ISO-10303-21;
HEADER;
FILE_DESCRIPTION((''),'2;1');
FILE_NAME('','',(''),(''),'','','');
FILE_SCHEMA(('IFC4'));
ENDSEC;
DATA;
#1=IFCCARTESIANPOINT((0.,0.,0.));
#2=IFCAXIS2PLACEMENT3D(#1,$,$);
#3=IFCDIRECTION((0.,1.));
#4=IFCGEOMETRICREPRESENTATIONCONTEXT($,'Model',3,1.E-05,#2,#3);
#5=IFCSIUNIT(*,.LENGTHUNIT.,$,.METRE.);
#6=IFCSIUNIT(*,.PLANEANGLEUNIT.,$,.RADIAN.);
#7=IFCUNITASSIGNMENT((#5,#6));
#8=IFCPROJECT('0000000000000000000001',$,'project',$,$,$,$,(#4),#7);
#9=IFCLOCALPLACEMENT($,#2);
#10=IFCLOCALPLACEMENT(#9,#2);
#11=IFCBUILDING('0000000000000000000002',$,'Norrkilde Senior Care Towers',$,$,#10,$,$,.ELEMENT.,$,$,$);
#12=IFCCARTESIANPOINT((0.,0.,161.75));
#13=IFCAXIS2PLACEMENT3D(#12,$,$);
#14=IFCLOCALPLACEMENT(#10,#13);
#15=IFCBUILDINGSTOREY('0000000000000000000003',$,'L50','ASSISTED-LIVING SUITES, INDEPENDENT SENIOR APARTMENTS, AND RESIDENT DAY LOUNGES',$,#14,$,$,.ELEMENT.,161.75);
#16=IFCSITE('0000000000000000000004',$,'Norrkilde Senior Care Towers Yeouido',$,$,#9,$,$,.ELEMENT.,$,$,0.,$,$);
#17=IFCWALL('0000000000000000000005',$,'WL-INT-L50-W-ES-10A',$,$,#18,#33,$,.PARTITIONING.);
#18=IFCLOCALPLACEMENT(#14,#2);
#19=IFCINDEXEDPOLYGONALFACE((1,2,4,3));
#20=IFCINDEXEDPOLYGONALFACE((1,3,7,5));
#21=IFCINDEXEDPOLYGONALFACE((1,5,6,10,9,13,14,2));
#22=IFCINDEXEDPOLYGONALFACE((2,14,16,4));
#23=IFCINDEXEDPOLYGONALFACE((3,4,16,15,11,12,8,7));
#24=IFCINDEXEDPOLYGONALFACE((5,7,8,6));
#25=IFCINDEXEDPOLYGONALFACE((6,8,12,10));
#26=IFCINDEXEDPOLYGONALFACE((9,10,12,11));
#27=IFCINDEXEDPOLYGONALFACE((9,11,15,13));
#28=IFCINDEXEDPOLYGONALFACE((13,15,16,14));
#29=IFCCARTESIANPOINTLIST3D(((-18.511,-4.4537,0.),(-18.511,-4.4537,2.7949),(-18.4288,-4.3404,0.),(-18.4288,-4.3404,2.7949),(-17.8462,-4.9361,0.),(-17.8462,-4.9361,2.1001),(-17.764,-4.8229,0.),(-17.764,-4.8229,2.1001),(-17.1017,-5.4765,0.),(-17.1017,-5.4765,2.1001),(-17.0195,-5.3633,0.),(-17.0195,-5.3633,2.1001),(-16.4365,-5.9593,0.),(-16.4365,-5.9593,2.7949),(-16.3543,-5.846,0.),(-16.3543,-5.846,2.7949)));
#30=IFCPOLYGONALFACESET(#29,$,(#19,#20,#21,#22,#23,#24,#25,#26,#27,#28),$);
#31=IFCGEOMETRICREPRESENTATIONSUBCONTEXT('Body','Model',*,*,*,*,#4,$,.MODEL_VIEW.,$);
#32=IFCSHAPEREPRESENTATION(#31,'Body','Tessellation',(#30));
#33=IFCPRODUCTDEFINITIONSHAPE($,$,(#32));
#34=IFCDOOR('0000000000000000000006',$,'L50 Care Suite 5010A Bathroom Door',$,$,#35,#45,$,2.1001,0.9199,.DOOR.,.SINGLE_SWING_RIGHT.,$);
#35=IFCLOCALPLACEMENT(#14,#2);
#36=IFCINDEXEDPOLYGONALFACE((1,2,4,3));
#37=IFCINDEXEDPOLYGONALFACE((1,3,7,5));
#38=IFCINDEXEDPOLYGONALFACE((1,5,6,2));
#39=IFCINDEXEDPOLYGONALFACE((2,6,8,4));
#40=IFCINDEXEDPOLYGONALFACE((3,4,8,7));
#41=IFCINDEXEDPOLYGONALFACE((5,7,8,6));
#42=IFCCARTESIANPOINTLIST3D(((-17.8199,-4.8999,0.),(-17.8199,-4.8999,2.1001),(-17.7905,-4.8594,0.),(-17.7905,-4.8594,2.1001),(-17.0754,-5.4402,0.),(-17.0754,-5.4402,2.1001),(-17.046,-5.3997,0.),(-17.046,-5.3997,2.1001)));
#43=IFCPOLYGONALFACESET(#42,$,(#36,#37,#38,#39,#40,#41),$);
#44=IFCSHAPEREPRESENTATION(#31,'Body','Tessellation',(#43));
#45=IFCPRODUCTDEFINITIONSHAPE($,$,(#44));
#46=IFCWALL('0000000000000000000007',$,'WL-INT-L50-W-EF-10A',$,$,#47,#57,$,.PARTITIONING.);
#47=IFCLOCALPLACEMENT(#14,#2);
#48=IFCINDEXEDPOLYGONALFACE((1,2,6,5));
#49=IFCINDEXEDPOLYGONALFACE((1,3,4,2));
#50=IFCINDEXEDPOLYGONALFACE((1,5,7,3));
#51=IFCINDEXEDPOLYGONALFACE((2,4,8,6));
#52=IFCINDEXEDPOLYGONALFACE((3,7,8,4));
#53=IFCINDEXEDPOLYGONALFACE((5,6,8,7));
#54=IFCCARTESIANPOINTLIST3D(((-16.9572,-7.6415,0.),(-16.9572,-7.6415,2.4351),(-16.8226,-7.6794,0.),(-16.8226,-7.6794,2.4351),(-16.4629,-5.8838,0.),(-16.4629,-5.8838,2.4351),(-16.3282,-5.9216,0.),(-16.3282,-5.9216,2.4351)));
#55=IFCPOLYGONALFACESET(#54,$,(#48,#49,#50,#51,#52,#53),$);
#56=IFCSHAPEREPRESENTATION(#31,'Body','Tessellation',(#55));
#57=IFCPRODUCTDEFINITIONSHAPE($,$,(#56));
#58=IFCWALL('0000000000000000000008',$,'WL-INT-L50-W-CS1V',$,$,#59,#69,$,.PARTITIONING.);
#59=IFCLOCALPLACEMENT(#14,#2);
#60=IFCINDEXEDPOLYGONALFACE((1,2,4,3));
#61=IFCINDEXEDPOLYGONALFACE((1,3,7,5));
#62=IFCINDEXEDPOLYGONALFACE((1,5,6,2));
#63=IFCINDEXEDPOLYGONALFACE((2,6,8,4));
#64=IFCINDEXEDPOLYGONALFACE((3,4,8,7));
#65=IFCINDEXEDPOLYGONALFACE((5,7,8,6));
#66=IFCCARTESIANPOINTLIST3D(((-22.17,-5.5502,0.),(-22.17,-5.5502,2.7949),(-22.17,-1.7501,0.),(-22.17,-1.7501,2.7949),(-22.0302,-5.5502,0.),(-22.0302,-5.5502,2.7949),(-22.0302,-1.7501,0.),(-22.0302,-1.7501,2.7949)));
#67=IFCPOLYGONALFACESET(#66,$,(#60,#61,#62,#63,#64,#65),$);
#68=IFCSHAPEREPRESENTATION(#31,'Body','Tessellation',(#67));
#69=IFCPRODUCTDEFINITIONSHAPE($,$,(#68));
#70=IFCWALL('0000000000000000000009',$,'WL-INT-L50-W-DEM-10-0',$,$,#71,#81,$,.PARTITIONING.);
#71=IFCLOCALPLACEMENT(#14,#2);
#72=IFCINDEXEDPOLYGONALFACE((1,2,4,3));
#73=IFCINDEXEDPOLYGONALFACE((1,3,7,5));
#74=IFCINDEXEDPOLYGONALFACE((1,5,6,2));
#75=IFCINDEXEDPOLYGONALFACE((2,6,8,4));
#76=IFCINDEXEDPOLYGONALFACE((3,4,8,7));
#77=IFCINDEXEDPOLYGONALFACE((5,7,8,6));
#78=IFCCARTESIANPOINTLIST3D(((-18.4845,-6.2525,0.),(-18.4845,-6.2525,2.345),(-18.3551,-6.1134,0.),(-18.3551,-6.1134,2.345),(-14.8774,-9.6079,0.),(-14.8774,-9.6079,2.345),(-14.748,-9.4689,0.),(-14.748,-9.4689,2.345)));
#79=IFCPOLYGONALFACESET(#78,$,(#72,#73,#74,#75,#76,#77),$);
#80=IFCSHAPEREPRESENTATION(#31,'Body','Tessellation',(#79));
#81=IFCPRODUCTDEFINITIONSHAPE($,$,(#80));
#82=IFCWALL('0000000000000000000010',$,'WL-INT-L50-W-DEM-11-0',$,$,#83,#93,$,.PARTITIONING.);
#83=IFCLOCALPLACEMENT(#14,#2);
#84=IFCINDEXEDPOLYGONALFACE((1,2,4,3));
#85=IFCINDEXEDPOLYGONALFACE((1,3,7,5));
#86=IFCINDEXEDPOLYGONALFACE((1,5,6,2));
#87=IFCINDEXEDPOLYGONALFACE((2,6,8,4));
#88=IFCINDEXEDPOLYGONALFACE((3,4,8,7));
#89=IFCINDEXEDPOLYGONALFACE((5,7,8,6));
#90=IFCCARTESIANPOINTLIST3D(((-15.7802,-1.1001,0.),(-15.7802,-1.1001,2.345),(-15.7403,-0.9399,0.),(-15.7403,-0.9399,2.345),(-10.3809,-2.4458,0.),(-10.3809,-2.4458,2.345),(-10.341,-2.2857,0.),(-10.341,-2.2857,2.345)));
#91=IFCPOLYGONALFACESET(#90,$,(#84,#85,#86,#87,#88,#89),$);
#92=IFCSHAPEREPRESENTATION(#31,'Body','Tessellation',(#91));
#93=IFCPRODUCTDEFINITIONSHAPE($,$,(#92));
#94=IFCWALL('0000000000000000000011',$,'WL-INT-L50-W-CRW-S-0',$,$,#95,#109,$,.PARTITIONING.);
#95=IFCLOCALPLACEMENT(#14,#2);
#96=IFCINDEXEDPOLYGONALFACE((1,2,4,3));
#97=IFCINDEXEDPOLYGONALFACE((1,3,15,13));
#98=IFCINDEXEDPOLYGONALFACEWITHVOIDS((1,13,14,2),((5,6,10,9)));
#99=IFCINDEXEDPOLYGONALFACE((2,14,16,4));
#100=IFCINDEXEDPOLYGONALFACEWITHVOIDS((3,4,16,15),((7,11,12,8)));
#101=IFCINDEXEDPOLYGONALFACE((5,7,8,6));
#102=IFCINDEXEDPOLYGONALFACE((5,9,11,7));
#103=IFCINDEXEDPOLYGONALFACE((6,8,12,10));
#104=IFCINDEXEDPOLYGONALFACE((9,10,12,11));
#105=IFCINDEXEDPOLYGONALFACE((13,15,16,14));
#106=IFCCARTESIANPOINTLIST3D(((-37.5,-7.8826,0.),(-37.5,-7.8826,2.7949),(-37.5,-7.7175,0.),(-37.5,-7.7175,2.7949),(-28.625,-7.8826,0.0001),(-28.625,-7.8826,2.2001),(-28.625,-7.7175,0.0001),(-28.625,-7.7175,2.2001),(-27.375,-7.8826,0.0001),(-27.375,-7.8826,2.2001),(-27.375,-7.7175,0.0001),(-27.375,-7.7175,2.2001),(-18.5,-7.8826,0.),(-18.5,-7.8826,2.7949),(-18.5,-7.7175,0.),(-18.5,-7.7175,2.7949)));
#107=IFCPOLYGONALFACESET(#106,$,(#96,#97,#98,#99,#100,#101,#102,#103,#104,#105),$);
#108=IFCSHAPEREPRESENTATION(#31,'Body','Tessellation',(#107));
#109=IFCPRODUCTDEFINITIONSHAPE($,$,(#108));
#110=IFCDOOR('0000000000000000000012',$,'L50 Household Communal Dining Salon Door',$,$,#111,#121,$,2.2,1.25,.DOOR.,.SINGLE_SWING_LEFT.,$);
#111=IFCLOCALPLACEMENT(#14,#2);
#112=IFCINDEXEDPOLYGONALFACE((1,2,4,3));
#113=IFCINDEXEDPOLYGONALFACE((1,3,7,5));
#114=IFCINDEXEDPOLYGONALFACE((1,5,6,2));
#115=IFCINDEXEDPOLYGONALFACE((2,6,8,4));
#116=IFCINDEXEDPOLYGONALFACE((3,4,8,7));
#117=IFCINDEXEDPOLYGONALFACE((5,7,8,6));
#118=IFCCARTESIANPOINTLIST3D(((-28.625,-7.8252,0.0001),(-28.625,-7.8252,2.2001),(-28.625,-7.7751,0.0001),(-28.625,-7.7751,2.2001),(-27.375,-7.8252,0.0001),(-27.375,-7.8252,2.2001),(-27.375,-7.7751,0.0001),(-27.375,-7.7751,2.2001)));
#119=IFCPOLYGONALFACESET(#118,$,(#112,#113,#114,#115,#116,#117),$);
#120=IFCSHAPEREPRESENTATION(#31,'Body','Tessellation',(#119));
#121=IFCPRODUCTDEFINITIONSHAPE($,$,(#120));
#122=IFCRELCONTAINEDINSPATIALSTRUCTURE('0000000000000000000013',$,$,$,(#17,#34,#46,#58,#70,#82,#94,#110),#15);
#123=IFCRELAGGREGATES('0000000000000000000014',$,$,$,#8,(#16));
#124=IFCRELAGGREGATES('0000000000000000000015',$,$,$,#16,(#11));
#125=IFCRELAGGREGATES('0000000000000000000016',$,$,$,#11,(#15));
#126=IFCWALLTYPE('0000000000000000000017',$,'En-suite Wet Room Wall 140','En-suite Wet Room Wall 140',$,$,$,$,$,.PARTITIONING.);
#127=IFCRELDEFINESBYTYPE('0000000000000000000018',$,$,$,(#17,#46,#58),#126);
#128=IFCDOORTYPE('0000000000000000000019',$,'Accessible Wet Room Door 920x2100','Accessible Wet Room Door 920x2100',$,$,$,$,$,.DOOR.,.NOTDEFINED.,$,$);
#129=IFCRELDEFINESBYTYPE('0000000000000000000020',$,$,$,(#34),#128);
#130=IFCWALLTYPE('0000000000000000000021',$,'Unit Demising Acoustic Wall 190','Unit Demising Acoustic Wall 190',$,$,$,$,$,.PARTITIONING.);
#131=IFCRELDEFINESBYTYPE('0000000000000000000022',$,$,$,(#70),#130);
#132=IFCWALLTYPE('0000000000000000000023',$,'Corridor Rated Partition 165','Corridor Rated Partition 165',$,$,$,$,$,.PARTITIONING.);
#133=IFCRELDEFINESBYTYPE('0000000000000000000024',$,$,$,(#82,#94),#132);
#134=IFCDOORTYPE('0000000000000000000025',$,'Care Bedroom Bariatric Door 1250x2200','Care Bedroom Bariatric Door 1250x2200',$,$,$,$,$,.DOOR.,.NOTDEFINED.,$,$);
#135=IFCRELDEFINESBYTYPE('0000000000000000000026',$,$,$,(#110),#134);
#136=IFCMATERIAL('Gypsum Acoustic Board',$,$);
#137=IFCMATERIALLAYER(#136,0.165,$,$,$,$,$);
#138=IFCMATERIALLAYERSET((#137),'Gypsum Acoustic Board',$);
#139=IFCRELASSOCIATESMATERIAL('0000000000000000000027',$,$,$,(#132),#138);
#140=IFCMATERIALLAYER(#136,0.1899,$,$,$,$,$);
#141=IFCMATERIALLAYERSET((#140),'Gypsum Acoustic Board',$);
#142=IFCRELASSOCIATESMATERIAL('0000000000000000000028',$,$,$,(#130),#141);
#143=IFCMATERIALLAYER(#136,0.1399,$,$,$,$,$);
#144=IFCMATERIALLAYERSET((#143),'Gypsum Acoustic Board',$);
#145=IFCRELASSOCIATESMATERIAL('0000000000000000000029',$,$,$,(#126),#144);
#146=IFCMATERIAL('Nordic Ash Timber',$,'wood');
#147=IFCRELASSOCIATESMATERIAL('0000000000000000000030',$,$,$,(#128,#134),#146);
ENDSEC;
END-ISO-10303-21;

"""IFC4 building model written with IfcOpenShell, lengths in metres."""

from ifc_helpers import new_model, si_unit, direction, frame, frame_2d, origin, place, context, subcontext, project, spatial, rectangle, extrude, source, transform, mapped, material, layer, layer_set, type_object, type_shapes, element, fill, save


model = new_model("IFC4")

# Units and contexts
model_context = context("Model", 3, precision=1e-05, world=origin(), true_north=direction((0.0, 1.0)))
body_context = subcontext(model_context, "Body", "Model", "MODEL_VIEW")
ifc_project = project(units=[si_unit("LENGTHUNIT", "METRE"), si_unit("PLANEANGLEUNIT", "RADIAN")], contexts=[model_context])

# Site, building, storey
site_placement = place(None, origin())
site = spatial("IfcSite", under=ifc_project, at=site_placement, Name="Norrkilde Senior Care Towers Yeouido", CompositionType="ELEMENT", RefElevation=0.0)
building_placement = place(site_placement, origin())
building = spatial("IfcBuilding", under=site, at=building_placement, Name="Norrkilde Senior Care Towers", CompositionType="ELEMENT")
storey_placement = place(building_placement, frame((0.0, 0.0, 161.75)))
storey = spatial("IfcBuildingStorey", under=building, at=storey_placement, Name="L50", Description="ASSISTED-LIVING SUITES, INDEPENDENT SENIOR APARTMENTS, AND RESIDENT DAY LOUNGES", CompositionType="ELEMENT", Elevation=161.75)

# Shared definitions
ifc_material_1 = material(Name="Gypsum Acoustic Board")
ifc_layer_1 = layer(ifc_material_1, 0.165)
ifc_layer_set_1 = layer_set([ifc_layer_1], Name="Gypsum Acoustic Board")
wall_type_1 = type_object("IfcWallType", Name="Corridor Rated Partition 165", Description="Corridor Rated Partition 165", PredefinedType="PARTITIONING", material=ifc_layer_set_1)

# Shared definitions
ifc_layer_2 = layer(ifc_material_1, 0.1899)
ifc_layer_set_2 = layer_set([ifc_layer_2], Name="Gypsum Acoustic Board")
wall_type_2 = type_object("IfcWallType", Name="Unit Demising Acoustic Wall 190", Description="Unit Demising Acoustic Wall 190", PredefinedType="PARTITIONING", material=ifc_layer_set_2)

# Wall, opening, door
ifc_layer_3 = layer(ifc_material_1, 0.1399)
ifc_layer_set_3 = layer_set([ifc_layer_3], Name="Gypsum Acoustic Board")
wall_type_3 = type_object("IfcWallType", Name="En-suite Wet Room Wall 140", Description="En-suite Wet Room Wall 140", PredefinedType="PARTITIONING", material=ifc_layer_set_3)
shared_shape_1 = source(origin(), body_context, "Body", "SweptSolid", [
    extrude(rectangle(XDim=2.5632, YDim=0.1399, at=frame_2d((1.2817, 0.0))), origin(), (0.0, 0.0, 1.0), 2.7949),
])
wall_1_placement = place(storey_placement, frame((-18.47, -4.397, 0.0), z_axis=(0.0, 0.0, 1.0), x_axis=(0.809308, -0.587384, 0.0)))
wall_1 = element("IfcWall", 1, at=wall_1_placement, inside=storey, type_object=wall_type_3, Name="WL-INT-L50-W-ES-10A", PredefinedType="PARTITIONING", context=body_context, shape_type="MappedRepresentation", body=[
    mapped(shared_shape_1, transform((0.0, 0.0, 0.0), x_axis=(1.0, 0.0, 0.0), y_axis=(0.0, 1.0, 0.0), z_axis=(0.0, 0.0, 1.0), scale=1.0)),
])
opening_1_placement = place(wall_1_placement, frame((0.8215, 0.0, 0.0)))
opening_1 = element("IfcOpeningElement", 2, at=opening_1_placement, cuts=wall_1, PredefinedType="OPENING", context=body_context, shape_type="SweptSolid", body=[
    extrude(rectangle(XDim=0.9199, YDim=2.1001, at=frame_2d((0.46, 1.05))), frame((0.0, 0.0798, 0.0), z_axis=(0.0, -1.0, 0.0), x_axis=(1.0, 0.0, 0.0)), (0.0, 0.0, 1.0), 0.1599),
])
ifc_material_2 = material(Name="Nordic Ash Timber", Category="wood")
door_type_1 = type_object("IfcDoorType", Name="Accessible Wet Room Door 920x2100", Description="Accessible Wet Room Door 920x2100", OperationType="NOTDEFINED", PredefinedType="DOOR", material=ifc_material_2)
shared_shape_2 = source(origin(), body_context, "Body", "SweptSolid", [
    extrude(rectangle(XDim=0.9199, YDim=2.1001, at=frame_2d((0.46, 1.05))), frame((0.0, 0.0249, 0.0), z_axis=(0.0, -1.0, 0.0), x_axis=(1.0, 0.0, 0.0)), (0.0, 0.0, 1.0), 0.05),
])
type_shapes(door_type_1, [shared_shape_2])
door_1_placement = place(opening_1_placement, origin())
door_1 = element("IfcDoor", 3, at=door_1_placement, inside=storey, type_object=door_type_1, Name="L50 Care Suite 5010A Bathroom Door", OperationType="SINGLE_SWING_RIGHT", OverallHeight=2.1001, OverallWidth=0.9199, PredefinedType="DOOR", context=body_context, shape_type="MappedRepresentation", body=[
    mapped(shared_shape_2, transform((0.0, 0.0, 0.0), x_axis=(1.0, 0.0, 0.0), y_axis=(0.0, 1.0, 0.0), z_axis=(0.0, 0.0, 1.0), scale=1.0)),
])
fill(opening_1, door_1)

# Walls
shared_shape_3 = source(origin(), body_context, "Body", "SweptSolid", [
    extrude(rectangle(XDim=1.8259, YDim=0.1399, at=frame_2d((0.9131, 0.0))), origin(), (0.0, 0.0, 1.0), 2.4351),
])
wall_2_placement = place(storey_placement, frame((-16.3955, -5.9026, 0.0), z_axis=(0.0, 0.0, 1.0), x_axis=(-0.270746, -0.962651, 0.0)))
element("IfcWall", 4, at=wall_2_placement, inside=storey, type_object=wall_type_3, Name="WL-INT-L50-W-EF-10A", PredefinedType="PARTITIONING", context=body_context, shape_type="MappedRepresentation", body=[
    mapped(shared_shape_3, transform((0.0, 0.0, 0.0), x_axis=(1.0, 0.0, 0.0), y_axis=(0.0, 1.0, 0.0), z_axis=(0.0, 0.0, 1.0), scale=1.0)),
])
shared_shape_4 = source(origin(), body_context, "Body", "SweptSolid", [
    extrude(rectangle(XDim=3.8, YDim=0.1399, at=frame_2d((1.8999, 0.0))), origin(), (0.0, 0.0, 1.0), 2.7949),
])
type_shapes(wall_type_3, [shared_shape_1, shared_shape_3, shared_shape_4])
wall_3_placement = place(storey_placement, frame((-22.1001, -5.55, 0.0), z_axis=(0.0, 0.0, 1.0), x_axis=(0.0, 1.0, 0.0)))
element("IfcWall", 5, at=wall_3_placement, inside=storey, type_object=wall_type_3, Name="WL-INT-L50-W-CS1V", PredefinedType="PARTITIONING", context=body_context, shape_type="MappedRepresentation", body=[
    mapped(shared_shape_4, transform((0.0, 0.0, 0.0), x_axis=(1.0, 0.0, 0.0), y_axis=(0.0, 1.0, 0.0), z_axis=(0.0, 0.0, 1.0), scale=1.0)),
])
shared_shape_5 = source(origin(), body_context, "Body", "SweptSolid", [
    extrude(rectangle(XDim=4.9265, YDim=0.1899, at=frame_2d((2.4634, 0.0))), origin(), (0.0, 0.0, 1.0), 2.345),
])
wall_4_placement = place(storey_placement, frame((-18.4199, -6.1829, 0.0), z_axis=(0.0, 0.0, 1.0), x_axis=(0.732191, -0.681099, 0.0)))
element("IfcWall", 6, at=wall_4_placement, inside=storey, type_object=wall_type_2, Name="WL-INT-L50-W-DEM-10-0", PredefinedType="PARTITIONING", context=body_context, shape_type="MappedRepresentation", body=[
    mapped(shared_shape_5, transform((0.0, 0.0, 0.0), x_axis=(1.0, 0.0, 0.0), y_axis=(0.0, 1.0, 0.0), z_axis=(0.0, 0.0, 1.0), scale=1.0)),
])
shared_shape_6 = source(origin(), body_context, "Body", "SweptSolid", [
    extrude(rectangle(XDim=5.5645, YDim=0.165, at=frame_2d((2.7822, 0.0))), origin(), (0.0, 0.0, 1.0), 2.345),
])
wall_5_placement = place(storey_placement, frame((-15.7603, -1.02, 0.0), z_axis=(0.0, 0.0, 1.0), x_axis=(0.970315, -0.241844, 0.0)))
element("IfcWall", 7, at=wall_5_placement, inside=storey, type_object=wall_type_1, Name="WL-INT-L50-W-DEM-11-0", PredefinedType="PARTITIONING", context=body_context, shape_type="MappedRepresentation", body=[
    mapped(shared_shape_6, transform((0.0, 0.0, 0.0), x_axis=(1.0, 0.0, 0.0), y_axis=(0.0, 1.0, 0.0), z_axis=(0.0, 0.0, 1.0), scale=1.0)),
])

# Wall, opening, door
shared_shape_7 = source(origin(), body_context, "Body", "SweptSolid", [
    extrude(rectangle(XDim=19.0, YDim=0.165, at=frame_2d((9.5, 0.0))), origin(), (0.0, 0.0, 1.0), 2.7949),
])
wall_6_placement = place(storey_placement, frame((-18.5, -7.8, 0.0), z_axis=(0.0, 0.0, 1.0), x_axis=(-1.0, 0.0, 0.0)))
wall_6 = element("IfcWall", 8, at=wall_6_placement, inside=storey, type_object=wall_type_1, Name="WL-INT-L50-W-CRW-S-0", PredefinedType="PARTITIONING", context=body_context, shape_type="MappedRepresentation", body=[
    mapped(shared_shape_7, transform((0.0, 0.0, 0.0), x_axis=(1.0, 0.0, 0.0), y_axis=(0.0, 1.0, 0.0), z_axis=(0.0, 0.0, 1.0), scale=1.0)),
])
opening_2_placement = place(wall_6_placement, frame((8.875, 0.0, 0.0)))
opening_2 = element("IfcOpeningElement", 9, at=opening_2_placement, cuts=wall_6, PredefinedType="OPENING", context=body_context, shape_type="SweptSolid", body=[
    extrude(rectangle(XDim=1.25, YDim=2.2, at=frame_2d((0.625, 1.1001))), frame((0.0, 0.0925, 0.0), z_axis=(0.0, -1.0, 0.0), x_axis=(1.0, 0.0, 0.0)), (0.0, 0.0, 1.0), 0.1851),
])
door_type_2 = type_object("IfcDoorType", Name="Care Bedroom Bariatric Door 1250x2200", Description="Care Bedroom Bariatric Door 1250x2200", OperationType="NOTDEFINED", PredefinedType="DOOR", material=ifc_material_2)
shared_shape_8 = source(origin(), body_context, "Body", "SweptSolid", [
    extrude(rectangle(XDim=1.25, YDim=2.2, at=frame_2d((0.625, 1.1001))), frame((0.0, 0.0249, 0.0), z_axis=(0.0, -1.0, 0.0), x_axis=(1.0, 0.0, 0.0)), (0.0, 0.0, 1.0), 0.05),
])
type_shapes(door_type_2, [shared_shape_8])
door_2_placement = place(opening_2_placement, frame((1.25, 0.0, 0.0), z_axis=(0.0, 0.0, 1.0), x_axis=(-1.0, 0.0, 0.0)))
door_2 = element("IfcDoor", 10, at=door_2_placement, inside=storey, type_object=door_type_2, Name="L50 Household Communal Dining Salon Door", OperationType="SINGLE_SWING_LEFT", OverallHeight=2.2, OverallWidth=1.25, PredefinedType="DOOR", context=body_context, shape_type="MappedRepresentation", body=[
    mapped(shared_shape_8, transform((0.0, 0.0, 0.0), x_axis=(1.0, 0.0, 0.0), y_axis=(0.0, 1.0, 0.0), z_axis=(0.0, 0.0, 1.0), scale=1.0)),
])
fill(opening_2, door_2)

save(model, "model.ifc")
